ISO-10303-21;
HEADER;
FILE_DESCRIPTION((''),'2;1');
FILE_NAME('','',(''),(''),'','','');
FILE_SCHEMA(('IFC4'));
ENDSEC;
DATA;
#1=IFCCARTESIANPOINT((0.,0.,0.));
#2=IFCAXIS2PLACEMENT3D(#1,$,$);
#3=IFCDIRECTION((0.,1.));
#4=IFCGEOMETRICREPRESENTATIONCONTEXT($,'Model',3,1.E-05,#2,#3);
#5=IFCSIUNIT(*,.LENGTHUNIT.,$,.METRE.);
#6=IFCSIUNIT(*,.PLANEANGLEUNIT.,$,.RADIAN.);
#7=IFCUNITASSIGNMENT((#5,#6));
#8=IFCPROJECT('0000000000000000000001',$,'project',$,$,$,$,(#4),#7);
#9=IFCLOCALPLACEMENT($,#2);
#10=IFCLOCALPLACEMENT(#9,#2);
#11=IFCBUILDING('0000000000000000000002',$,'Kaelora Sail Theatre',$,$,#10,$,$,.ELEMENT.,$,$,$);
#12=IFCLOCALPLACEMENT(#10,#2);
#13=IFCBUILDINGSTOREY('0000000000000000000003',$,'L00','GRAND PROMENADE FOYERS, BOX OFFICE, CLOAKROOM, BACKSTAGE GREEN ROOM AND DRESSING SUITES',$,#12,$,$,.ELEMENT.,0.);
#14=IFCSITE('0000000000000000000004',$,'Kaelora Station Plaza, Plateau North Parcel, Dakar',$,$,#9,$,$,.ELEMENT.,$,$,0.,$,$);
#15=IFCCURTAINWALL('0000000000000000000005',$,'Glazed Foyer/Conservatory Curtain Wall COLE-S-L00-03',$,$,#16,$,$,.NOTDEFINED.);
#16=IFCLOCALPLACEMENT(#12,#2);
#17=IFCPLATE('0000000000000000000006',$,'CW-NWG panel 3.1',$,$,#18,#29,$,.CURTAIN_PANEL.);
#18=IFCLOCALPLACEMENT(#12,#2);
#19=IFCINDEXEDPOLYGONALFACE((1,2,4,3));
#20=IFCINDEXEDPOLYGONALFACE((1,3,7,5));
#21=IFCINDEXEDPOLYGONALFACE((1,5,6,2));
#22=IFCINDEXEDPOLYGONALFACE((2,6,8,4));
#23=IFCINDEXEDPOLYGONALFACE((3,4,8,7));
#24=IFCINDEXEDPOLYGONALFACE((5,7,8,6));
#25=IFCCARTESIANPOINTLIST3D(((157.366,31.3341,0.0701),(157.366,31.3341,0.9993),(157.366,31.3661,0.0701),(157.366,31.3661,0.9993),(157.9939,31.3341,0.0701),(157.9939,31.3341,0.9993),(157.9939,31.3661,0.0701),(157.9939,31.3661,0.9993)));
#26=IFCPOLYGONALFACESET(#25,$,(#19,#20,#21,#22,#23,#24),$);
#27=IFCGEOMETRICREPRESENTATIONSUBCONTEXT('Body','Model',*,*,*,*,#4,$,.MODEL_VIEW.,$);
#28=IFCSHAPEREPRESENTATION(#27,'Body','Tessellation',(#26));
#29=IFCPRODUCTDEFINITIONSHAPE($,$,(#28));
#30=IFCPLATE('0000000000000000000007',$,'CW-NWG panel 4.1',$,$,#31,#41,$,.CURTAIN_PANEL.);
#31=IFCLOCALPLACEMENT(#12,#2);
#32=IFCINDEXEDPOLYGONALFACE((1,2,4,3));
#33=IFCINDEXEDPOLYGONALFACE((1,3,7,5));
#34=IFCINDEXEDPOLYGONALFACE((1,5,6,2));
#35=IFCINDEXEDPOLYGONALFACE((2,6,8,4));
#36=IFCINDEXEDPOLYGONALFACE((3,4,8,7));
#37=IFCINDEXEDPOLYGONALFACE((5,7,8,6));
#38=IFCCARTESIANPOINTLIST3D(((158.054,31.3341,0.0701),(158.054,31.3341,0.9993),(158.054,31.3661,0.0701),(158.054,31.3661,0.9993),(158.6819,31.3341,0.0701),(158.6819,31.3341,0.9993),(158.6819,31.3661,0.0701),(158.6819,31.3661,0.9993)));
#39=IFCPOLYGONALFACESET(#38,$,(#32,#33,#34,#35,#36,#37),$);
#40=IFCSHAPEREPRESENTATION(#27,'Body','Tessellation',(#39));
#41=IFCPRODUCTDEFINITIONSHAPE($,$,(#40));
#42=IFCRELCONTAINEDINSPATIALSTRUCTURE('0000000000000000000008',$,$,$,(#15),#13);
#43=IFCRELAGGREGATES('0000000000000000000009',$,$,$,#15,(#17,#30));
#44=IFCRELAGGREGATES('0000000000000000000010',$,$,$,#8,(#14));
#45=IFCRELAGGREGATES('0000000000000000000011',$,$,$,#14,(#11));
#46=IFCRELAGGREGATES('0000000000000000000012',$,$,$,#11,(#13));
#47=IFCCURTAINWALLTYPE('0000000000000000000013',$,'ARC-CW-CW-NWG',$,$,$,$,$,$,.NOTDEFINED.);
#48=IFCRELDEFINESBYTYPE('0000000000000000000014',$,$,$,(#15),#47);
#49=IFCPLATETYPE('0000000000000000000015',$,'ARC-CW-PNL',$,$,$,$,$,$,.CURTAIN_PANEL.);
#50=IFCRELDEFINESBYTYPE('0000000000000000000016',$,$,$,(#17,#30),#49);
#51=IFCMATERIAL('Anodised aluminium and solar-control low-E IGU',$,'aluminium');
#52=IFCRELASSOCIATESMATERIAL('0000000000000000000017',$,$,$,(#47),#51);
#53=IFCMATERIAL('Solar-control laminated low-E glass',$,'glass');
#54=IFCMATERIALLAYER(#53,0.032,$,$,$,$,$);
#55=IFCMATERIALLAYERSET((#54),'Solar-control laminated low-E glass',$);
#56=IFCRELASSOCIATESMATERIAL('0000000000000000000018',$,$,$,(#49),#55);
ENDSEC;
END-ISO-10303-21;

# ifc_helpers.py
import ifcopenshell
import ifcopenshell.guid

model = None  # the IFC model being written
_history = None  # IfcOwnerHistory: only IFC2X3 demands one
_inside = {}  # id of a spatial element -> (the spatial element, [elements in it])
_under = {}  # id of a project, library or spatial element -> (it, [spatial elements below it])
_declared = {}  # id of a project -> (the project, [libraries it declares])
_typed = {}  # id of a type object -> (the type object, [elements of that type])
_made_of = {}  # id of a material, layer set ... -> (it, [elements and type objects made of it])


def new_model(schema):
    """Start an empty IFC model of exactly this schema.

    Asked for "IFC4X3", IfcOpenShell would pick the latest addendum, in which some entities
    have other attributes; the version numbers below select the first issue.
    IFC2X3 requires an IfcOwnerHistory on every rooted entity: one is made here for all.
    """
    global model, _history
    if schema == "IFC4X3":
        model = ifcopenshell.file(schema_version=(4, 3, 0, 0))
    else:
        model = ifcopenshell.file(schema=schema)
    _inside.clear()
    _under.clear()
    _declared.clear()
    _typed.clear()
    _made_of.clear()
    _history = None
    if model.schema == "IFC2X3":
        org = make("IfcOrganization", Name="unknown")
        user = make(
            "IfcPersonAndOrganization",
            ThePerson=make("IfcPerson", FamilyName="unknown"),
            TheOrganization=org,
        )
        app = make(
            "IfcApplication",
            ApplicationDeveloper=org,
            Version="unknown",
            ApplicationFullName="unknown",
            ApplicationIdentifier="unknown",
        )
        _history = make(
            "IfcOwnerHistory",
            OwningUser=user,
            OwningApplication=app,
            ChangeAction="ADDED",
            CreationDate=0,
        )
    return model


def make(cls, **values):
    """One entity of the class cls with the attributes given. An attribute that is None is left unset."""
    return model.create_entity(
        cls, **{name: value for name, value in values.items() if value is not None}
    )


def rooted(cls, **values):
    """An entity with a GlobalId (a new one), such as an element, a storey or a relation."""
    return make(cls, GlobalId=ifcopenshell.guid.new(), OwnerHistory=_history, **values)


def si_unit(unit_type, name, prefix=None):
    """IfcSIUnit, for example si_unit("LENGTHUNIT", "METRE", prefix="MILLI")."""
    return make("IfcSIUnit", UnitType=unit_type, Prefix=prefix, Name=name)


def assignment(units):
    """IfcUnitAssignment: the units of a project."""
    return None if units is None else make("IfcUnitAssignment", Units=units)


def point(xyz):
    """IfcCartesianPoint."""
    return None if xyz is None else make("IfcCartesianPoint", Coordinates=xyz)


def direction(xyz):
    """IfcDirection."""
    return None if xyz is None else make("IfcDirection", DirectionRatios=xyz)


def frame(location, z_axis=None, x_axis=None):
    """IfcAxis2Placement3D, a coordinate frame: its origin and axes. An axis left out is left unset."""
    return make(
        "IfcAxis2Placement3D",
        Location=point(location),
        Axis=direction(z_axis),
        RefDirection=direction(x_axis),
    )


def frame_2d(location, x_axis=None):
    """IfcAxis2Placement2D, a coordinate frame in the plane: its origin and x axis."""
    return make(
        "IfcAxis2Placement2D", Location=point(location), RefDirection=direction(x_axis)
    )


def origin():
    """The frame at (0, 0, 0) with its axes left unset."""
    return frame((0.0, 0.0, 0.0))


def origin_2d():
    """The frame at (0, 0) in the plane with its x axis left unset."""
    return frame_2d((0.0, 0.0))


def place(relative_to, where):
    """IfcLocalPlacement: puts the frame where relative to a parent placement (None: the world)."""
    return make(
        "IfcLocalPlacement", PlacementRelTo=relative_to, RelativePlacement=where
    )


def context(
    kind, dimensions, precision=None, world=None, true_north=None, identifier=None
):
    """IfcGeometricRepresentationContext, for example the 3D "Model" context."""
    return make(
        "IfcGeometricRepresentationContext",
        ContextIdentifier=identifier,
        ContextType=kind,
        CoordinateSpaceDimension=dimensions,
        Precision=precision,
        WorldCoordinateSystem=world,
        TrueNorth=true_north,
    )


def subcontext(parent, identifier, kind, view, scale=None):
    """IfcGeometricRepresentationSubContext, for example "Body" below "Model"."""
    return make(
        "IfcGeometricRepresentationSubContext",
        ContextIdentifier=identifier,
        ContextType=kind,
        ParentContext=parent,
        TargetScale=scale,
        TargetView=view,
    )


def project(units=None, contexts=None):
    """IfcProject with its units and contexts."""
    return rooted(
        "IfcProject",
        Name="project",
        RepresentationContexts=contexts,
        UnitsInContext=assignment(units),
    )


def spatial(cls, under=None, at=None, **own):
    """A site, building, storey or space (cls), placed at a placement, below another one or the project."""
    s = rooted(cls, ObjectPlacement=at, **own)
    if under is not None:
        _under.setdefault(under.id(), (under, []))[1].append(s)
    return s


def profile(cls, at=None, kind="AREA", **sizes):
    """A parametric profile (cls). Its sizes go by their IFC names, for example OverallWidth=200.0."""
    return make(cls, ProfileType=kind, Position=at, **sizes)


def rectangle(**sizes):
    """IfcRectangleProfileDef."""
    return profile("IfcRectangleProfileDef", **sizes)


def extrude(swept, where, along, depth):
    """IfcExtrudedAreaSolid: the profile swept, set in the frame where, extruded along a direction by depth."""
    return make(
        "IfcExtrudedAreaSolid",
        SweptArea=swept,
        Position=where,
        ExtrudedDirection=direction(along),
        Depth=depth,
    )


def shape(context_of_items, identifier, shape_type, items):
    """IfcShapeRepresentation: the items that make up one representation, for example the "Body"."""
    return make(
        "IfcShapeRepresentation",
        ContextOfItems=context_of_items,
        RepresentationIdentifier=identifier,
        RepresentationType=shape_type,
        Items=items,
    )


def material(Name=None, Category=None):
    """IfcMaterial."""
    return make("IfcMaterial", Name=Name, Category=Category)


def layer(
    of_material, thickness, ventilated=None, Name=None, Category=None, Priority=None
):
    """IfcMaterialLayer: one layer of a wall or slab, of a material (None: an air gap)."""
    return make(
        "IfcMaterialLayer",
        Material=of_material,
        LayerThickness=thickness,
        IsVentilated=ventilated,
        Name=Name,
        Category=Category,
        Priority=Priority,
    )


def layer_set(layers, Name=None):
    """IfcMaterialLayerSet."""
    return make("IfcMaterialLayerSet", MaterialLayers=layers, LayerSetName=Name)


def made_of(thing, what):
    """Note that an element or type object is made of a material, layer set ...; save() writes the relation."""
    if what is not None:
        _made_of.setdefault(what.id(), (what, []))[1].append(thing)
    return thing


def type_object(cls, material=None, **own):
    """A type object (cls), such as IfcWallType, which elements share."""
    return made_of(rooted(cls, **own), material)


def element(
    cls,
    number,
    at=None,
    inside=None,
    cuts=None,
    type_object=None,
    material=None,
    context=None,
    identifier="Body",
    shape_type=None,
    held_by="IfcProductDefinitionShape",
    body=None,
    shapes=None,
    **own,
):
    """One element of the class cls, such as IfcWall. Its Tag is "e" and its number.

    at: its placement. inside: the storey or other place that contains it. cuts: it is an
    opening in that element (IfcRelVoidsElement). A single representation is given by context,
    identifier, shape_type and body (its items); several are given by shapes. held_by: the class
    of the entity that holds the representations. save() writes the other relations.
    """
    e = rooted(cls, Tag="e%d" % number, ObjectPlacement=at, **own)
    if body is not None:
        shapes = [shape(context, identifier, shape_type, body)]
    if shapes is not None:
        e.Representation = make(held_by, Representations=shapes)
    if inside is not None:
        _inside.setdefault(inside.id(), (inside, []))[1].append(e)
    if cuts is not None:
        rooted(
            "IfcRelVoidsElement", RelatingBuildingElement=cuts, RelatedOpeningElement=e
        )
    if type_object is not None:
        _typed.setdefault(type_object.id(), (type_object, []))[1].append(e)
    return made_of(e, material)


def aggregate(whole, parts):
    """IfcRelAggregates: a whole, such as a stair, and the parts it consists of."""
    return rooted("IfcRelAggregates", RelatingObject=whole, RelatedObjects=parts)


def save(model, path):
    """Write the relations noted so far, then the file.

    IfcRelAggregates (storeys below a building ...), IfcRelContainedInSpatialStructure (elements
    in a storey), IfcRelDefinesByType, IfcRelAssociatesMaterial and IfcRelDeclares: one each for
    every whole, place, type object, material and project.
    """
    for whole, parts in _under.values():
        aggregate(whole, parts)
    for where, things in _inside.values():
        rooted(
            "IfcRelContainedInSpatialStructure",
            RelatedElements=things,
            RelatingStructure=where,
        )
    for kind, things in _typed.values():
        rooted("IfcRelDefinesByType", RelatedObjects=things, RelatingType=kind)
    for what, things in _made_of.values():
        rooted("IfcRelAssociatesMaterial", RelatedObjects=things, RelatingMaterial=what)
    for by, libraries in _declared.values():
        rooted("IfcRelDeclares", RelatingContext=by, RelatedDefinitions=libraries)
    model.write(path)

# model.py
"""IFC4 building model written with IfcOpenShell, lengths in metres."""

from ifc_helpers import new_model, si_unit, direction, frame, origin, origin_2d, place, context, subcontext, project, spatial, rectangle, extrude, material, layer, layer_set, type_object, element, aggregate, save


model = new_model("IFC4")

# Units and contexts
model_context = context("Model", 3, precision=1e-05, world=origin(), true_north=direction((0.0, 1.0)))
body_context = subcontext(model_context, "Body", "Model", "MODEL_VIEW")
ifc_project = project(units=[si_unit("LENGTHUNIT", "METRE"), si_unit("PLANEANGLEUNIT", "RADIAN")], contexts=[model_context])

# Site, building, storey
site_placement = place(None, origin())
site = spatial("IfcSite", under=ifc_project, at=site_placement, Name="Kaelora Station Plaza, Plateau North Parcel, Dakar", CompositionType="ELEMENT", RefElevation=0.0)
building_placement = place(site_placement, origin())
building = spatial("IfcBuilding", under=site, at=building_placement, Name="Kaelora Sail Theatre", CompositionType="ELEMENT")
storey_placement = place(building_placement, origin())
storey = spatial("IfcBuildingStorey", under=building, at=storey_placement, Name="L00", Description="GRAND PROMENADE FOYERS, BOX OFFICE, CLOAKROOM, BACKSTAGE GREEN ROOM AND DRESSING SUITES", CompositionType="ELEMENT", Elevation=0.0)

# Shared definitions
ifc_material_1 = material(Name="Anodised aluminium and solar-control low-E IGU", Category="aluminium")
curtain_wall_type = type_object("IfcCurtainWallType", Name="ARC-CW-CW-NWG", PredefinedType="NOTDEFINED", material=ifc_material_1)

# Curtain wall
curtain_wall_1_placement = place(storey_placement, origin())
curtain_wall_1 = element("IfcCurtainWall", 1, at=curtain_wall_1_placement, inside=storey, type_object=curtain_wall_type, Name="Glazed Foyer/Conservatory Curtain Wall COLE-S-L00-03", PredefinedType="NOTDEFINED")

# Plates
ifc_material_2 = material(Name="Solar-control laminated low-E glass", Category="glass")
ifc_layer = layer(ifc_material_2, 0.032)
ifc_layer_set = layer_set([ifc_layer], Name="Solar-control laminated low-E glass")
plate_type = type_object("IfcPlateType", Name="ARC-CW-PNL", PredefinedType="CURTAIN_PANEL", material=ifc_layer_set)
plate_1_placement = place(storey_placement, frame((157.6799, 31.3501, 0.0701), z_axis=(0.0, 0.0, 1.0), x_axis=(1.0, 0.0, 0.0)))
plate_1 = element("IfcPlate", 2, at=plate_1_placement, type_object=plate_type, Name="CW-NWG panel 3.1", PredefinedType="CURTAIN_PANEL", context=body_context, shape_type="SweptSolid", body=[
    extrude(rectangle(XDim=0.6279, YDim=0.032, at=origin_2d()), origin(), (0.0, 0.0, 1.0), 0.9292),
])
plate_2_placement = place(storey_placement, frame((158.3679, 31.3501, 0.0701), z_axis=(0.0, 0.0, 1.0), x_axis=(1.0, 0.0, 0.0)))
plate_2 = element("IfcPlate", 3, at=plate_2_placement, type_object=plate_type, Name="CW-NWG panel 4.1", PredefinedType="CURTAIN_PANEL", context=body_context, shape_type="SweptSolid", body=[
    extrude(rectangle(XDim=0.6279, YDim=0.032, at=origin_2d()), origin(), (0.0, 0.0, 1.0), 0.9292),
])
aggregate(curtain_wall_1, [plate_1, plate_2])

save(model, "model.ifc")
